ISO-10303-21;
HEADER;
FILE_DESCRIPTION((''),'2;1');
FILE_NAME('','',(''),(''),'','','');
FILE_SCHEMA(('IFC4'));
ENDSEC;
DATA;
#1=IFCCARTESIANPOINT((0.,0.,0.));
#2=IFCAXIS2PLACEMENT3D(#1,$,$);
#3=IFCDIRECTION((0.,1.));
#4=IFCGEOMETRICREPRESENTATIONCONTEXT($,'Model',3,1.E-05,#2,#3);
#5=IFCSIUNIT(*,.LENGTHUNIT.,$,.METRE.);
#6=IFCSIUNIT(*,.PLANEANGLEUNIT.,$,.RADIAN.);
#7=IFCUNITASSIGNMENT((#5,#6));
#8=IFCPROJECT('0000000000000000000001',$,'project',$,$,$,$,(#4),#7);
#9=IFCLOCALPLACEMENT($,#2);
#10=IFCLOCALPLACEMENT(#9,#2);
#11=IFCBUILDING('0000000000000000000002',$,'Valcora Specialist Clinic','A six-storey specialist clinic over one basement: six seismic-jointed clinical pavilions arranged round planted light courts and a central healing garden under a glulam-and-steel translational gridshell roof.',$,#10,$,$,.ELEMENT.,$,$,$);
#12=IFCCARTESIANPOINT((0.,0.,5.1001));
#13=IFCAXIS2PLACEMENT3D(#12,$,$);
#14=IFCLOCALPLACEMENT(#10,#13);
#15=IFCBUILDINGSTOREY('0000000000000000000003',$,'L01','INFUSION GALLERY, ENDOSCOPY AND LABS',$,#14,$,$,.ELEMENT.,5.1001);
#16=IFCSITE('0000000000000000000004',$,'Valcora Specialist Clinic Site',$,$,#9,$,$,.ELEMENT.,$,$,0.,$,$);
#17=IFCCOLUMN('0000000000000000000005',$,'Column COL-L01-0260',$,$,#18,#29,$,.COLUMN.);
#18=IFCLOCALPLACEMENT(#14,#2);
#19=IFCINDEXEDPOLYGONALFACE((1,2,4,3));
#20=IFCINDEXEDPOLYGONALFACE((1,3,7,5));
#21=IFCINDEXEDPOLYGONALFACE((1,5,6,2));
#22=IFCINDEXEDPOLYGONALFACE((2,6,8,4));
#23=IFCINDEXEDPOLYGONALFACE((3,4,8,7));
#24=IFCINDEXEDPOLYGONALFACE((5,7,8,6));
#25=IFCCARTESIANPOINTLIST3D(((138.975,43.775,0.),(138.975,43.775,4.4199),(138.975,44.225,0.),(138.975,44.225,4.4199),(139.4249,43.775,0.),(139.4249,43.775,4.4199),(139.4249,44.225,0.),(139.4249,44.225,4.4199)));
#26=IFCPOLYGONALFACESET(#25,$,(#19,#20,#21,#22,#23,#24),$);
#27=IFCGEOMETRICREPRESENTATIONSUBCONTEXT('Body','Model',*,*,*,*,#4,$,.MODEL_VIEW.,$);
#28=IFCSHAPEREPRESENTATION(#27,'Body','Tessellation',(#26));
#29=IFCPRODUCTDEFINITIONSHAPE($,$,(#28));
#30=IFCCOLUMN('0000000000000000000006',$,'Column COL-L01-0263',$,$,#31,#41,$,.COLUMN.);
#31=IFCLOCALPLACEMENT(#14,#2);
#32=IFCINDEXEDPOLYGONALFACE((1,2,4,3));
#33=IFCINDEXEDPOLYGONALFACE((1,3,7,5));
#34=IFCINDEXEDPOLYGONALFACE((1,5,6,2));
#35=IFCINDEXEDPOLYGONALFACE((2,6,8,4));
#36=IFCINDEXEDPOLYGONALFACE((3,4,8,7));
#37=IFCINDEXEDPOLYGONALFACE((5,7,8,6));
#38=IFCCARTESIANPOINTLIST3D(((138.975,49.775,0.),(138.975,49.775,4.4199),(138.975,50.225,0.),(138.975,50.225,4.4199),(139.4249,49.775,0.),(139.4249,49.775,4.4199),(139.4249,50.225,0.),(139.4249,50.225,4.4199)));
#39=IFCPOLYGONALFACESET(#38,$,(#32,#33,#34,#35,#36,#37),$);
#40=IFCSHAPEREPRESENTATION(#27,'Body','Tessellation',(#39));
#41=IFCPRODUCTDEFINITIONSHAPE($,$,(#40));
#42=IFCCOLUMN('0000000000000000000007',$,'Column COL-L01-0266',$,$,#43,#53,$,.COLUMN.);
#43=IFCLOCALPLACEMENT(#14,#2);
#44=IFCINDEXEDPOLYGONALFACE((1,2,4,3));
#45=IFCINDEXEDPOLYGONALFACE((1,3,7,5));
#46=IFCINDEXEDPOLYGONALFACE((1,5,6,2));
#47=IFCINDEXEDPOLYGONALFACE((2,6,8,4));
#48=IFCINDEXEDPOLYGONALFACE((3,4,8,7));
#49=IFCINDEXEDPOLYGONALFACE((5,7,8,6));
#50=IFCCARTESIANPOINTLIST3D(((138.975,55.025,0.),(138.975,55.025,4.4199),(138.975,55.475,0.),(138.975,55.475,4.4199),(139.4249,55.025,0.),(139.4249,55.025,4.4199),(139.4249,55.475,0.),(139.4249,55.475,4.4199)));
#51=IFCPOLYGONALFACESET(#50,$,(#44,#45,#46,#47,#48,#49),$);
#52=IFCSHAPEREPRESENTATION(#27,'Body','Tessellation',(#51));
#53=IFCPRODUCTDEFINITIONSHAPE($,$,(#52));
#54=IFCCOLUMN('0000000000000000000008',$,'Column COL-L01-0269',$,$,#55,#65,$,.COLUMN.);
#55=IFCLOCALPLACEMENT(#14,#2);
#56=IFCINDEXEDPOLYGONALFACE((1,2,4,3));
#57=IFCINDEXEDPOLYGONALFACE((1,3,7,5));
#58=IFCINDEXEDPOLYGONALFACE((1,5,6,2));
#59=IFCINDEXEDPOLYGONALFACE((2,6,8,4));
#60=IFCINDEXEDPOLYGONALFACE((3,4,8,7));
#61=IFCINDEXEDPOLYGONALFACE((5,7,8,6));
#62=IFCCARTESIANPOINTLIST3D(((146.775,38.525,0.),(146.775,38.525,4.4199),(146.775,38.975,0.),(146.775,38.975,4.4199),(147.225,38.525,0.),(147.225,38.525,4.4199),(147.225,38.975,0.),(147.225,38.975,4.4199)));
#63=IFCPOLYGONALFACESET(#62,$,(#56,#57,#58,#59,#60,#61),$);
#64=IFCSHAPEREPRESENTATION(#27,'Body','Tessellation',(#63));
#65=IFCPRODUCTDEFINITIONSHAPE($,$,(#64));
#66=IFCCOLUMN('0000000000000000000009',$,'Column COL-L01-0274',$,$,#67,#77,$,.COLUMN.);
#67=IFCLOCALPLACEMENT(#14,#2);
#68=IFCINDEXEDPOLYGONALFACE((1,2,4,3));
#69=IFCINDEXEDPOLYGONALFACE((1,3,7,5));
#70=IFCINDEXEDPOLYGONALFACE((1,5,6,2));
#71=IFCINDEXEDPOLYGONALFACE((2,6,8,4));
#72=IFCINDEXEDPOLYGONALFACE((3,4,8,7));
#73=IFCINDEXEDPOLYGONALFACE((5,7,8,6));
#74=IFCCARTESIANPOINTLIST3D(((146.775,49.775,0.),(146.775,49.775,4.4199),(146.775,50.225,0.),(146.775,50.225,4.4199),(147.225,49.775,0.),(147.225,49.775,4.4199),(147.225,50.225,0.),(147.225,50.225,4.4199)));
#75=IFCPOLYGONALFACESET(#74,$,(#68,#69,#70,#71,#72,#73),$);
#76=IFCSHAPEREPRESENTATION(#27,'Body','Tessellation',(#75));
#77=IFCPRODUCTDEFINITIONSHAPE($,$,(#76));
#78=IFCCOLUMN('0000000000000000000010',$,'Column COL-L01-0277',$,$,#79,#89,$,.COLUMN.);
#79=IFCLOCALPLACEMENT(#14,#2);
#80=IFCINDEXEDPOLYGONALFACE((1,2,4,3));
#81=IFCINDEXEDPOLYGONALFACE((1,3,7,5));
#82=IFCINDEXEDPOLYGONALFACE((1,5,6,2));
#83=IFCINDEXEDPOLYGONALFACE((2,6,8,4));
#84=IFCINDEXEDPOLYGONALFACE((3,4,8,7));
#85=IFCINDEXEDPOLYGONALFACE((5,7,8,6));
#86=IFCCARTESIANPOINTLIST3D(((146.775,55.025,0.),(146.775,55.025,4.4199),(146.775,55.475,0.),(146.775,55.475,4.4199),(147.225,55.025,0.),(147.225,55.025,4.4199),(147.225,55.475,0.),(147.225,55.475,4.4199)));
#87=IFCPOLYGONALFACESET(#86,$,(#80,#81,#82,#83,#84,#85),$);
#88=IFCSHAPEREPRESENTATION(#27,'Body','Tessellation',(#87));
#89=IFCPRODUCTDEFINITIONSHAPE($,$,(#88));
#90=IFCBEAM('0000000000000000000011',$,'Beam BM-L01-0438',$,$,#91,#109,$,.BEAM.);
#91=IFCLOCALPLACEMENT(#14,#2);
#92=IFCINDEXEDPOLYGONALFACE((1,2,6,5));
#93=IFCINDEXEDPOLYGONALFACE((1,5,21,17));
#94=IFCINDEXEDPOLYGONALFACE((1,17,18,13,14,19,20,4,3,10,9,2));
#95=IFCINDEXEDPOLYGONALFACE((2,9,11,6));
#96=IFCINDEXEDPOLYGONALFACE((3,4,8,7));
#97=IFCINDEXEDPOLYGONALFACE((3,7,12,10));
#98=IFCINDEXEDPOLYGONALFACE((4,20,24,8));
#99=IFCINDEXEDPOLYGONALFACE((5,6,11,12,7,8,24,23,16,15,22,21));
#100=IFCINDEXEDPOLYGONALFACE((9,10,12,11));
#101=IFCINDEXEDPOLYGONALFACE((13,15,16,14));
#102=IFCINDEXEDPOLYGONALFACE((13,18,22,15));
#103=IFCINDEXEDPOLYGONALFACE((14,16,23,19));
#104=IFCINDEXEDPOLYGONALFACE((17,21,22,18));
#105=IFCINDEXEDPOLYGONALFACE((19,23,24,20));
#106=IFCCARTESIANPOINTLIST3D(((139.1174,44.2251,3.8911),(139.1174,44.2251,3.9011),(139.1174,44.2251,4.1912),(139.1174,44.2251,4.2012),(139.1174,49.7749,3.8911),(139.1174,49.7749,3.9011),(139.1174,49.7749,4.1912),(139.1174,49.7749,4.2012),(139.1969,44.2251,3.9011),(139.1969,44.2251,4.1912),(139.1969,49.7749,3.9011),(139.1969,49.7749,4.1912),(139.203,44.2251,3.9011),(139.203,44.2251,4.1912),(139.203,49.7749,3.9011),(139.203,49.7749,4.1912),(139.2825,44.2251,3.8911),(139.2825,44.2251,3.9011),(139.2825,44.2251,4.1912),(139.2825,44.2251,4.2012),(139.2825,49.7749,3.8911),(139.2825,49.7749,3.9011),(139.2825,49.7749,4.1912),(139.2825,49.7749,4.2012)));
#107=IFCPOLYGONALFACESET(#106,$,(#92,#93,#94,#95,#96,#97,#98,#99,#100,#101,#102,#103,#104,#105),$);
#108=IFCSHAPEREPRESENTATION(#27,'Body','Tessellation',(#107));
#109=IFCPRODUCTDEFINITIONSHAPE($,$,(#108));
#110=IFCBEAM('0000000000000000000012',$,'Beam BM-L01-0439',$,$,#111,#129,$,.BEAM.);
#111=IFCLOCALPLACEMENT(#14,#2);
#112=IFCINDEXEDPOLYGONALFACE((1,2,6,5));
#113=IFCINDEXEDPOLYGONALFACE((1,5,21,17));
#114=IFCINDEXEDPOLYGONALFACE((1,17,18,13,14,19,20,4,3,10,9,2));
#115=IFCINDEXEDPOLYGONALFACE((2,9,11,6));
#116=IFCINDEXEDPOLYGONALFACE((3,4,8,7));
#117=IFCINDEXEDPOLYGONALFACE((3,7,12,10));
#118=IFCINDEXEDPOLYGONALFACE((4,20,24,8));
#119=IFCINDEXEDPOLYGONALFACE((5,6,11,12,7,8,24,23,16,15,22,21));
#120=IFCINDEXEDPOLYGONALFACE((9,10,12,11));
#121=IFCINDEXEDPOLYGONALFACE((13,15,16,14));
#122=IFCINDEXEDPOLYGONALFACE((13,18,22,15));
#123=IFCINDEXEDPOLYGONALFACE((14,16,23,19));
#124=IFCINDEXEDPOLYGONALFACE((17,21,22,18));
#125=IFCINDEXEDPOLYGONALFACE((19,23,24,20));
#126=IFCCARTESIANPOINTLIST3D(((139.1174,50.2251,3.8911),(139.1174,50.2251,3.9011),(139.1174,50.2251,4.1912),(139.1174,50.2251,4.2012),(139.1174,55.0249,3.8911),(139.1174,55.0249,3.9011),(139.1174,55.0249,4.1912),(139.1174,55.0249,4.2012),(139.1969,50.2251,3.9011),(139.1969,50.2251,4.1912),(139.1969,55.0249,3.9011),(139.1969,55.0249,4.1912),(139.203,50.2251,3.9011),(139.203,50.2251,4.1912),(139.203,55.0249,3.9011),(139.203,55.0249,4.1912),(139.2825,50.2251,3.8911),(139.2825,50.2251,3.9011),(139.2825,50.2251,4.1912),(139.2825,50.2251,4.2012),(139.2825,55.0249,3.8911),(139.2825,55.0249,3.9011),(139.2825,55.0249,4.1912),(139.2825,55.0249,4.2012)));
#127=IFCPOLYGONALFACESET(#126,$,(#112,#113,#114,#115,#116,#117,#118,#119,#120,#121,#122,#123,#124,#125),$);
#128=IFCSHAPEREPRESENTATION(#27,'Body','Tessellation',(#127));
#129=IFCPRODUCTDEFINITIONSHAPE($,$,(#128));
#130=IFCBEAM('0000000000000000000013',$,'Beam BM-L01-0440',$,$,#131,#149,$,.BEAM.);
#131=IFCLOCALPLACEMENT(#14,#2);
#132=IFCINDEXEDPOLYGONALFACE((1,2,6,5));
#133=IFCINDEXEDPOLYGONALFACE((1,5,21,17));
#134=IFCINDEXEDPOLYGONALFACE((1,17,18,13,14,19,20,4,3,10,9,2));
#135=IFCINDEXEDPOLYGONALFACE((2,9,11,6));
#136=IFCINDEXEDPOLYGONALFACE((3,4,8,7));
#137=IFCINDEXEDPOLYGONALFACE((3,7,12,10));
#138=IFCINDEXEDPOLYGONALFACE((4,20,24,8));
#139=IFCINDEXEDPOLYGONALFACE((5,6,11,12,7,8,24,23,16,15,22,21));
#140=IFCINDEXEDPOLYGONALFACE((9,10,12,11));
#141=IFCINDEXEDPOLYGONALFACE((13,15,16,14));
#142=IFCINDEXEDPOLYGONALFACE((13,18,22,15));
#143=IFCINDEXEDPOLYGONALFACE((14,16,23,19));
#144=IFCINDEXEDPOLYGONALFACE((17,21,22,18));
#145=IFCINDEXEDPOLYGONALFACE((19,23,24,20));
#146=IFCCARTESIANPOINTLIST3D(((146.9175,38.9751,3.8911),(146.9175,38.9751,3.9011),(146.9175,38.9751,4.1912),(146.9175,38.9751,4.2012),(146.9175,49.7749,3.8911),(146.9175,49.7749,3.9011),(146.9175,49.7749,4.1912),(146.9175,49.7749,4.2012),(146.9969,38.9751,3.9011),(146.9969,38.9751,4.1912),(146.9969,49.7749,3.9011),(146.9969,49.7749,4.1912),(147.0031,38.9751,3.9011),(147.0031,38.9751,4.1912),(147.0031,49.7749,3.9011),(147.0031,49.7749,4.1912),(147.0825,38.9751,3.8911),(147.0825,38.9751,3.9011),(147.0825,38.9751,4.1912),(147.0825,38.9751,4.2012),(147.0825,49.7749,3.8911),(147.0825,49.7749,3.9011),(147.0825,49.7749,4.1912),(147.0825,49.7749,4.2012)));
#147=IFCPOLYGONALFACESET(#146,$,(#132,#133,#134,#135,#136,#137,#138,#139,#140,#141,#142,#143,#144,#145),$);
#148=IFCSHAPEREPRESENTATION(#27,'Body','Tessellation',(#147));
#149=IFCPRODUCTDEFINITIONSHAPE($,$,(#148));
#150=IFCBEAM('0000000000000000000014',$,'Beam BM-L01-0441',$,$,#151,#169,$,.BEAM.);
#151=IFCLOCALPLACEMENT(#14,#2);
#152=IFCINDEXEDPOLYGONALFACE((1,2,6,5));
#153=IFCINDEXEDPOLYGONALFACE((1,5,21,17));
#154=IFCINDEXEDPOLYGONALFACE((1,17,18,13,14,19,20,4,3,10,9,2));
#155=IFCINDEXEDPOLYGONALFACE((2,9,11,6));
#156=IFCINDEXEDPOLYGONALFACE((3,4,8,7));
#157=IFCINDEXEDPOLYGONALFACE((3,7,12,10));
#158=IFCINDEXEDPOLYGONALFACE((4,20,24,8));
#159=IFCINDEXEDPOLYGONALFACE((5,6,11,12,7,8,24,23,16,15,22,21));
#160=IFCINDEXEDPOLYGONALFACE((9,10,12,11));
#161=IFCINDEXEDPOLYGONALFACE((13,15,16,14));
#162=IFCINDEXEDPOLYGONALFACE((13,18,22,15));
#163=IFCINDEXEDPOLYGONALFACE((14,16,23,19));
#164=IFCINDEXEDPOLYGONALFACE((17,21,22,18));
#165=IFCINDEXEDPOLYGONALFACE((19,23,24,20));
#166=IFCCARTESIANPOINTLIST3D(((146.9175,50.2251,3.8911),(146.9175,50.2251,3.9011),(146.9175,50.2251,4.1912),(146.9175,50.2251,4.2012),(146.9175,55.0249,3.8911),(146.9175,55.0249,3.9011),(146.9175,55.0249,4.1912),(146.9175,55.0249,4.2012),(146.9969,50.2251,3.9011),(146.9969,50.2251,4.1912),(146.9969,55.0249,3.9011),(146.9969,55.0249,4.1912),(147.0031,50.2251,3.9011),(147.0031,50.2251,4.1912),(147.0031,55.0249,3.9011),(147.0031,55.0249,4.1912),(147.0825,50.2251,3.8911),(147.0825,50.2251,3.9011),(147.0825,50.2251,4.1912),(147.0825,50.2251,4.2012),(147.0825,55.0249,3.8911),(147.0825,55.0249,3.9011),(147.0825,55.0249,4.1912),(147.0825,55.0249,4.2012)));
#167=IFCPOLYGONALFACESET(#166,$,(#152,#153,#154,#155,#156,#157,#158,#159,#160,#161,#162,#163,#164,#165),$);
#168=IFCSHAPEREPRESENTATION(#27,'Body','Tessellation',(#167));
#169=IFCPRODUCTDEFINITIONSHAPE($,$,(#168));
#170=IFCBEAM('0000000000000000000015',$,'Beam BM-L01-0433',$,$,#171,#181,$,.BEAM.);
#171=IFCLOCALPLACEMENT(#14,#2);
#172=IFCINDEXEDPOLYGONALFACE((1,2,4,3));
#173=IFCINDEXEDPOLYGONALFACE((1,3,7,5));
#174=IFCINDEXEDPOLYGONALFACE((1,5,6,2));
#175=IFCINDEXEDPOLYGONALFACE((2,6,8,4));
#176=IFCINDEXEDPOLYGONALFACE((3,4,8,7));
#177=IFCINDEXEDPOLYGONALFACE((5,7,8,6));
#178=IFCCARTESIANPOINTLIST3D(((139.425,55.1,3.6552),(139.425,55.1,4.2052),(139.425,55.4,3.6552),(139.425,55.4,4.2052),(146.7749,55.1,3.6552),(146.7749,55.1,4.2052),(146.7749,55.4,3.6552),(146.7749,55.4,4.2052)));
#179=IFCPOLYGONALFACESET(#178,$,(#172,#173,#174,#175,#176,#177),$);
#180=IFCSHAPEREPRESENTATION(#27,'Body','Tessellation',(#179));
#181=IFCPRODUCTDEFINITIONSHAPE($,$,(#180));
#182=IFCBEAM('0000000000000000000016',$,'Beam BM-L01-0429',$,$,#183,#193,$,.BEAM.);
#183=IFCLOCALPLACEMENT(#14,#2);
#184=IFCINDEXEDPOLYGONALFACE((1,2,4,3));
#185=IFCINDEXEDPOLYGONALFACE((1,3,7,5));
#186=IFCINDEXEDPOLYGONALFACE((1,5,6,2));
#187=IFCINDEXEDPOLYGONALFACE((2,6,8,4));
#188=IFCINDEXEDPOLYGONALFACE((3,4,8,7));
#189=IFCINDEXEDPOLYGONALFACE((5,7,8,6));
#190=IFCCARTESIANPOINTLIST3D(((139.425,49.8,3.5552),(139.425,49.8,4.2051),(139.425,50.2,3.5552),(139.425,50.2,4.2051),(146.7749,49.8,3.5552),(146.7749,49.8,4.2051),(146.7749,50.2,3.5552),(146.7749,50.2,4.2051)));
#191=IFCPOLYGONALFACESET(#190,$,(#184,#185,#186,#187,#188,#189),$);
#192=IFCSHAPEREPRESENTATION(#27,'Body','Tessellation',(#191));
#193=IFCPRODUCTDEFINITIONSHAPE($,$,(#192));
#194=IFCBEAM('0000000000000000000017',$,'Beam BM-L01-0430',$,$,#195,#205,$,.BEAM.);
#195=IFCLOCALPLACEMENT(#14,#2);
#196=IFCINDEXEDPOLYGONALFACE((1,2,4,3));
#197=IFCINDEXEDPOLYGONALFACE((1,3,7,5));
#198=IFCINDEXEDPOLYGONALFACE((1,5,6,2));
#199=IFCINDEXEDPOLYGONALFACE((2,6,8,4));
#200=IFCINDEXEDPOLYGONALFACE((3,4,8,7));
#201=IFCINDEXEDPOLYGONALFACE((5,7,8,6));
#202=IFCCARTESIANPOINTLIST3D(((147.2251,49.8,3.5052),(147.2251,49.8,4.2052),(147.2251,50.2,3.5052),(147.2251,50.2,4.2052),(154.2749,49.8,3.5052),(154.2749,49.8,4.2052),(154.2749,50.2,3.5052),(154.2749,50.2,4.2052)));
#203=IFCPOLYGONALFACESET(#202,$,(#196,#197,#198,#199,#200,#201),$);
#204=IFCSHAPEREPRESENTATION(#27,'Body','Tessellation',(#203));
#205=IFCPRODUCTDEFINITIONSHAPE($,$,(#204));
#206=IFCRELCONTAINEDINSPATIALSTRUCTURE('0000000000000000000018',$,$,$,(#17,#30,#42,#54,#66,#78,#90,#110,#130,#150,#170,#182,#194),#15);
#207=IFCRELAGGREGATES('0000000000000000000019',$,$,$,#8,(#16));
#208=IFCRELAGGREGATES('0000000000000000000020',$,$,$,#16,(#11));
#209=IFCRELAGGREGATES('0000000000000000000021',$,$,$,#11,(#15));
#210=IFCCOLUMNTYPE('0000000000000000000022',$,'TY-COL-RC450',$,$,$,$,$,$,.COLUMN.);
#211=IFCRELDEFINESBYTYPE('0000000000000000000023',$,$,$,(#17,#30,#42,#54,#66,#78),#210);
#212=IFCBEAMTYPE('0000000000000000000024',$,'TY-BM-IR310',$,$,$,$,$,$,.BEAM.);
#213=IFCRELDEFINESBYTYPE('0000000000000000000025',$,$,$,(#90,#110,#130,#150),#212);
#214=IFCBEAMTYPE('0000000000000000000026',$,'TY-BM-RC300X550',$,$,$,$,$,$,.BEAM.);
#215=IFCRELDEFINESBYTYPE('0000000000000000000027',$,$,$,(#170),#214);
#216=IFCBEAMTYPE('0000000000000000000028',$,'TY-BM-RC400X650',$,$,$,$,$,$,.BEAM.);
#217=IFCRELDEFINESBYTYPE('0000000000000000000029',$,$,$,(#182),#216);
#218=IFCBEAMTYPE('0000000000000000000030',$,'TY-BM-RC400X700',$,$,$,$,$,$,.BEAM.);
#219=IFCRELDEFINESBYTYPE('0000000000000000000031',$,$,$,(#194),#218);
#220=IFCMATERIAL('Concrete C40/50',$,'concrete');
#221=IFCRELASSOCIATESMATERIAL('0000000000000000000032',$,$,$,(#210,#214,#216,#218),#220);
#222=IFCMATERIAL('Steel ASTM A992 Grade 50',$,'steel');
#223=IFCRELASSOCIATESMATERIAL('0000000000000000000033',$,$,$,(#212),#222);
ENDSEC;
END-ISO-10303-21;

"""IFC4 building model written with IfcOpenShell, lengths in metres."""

from ifc_helpers import new_model, si_unit, direction, frame, origin, origin_2d, place, context, subcontext, project, spatial, rectangle, i_section, extrude, material, material_profile, profile_set, type_object, element, save


model = new_model("IFC4")

# Units and contexts
model_context = context("Model", 3, precision=1e-05, world=origin(), true_north=direction((0.0, 1.0)))
body_context = subcontext(model_context, "Body", "Model", "MODEL_VIEW")
ifc_project = project(units=[si_unit("LENGTHUNIT", "METRE"), si_unit("PLANEANGLEUNIT", "RADIAN")], contexts=[model_context])

# Site, building, storey
site_placement = place(None, origin())
site = spatial("IfcSite", under=ifc_project, at=site_placement, Name="Valcora Specialist Clinic Site", CompositionType="ELEMENT", RefElevation=0.0)
building_placement = place(site_placement, origin())
building = spatial("IfcBuilding", under=site, at=building_placement, Name="Valcora Specialist Clinic", Description="A six-storey specialist clinic over one basement: six seismic-jointed clinical pavilions arranged round planted light courts and a central healing garden under a glulam-and-steel translational gridshell roof.", CompositionType="ELEMENT")
storey_placement = place(building_placement, frame((0.0, 0.0, 5.1001)))
storey = spatial("IfcBuildingStorey", under=building, at=storey_placement, Name="L01", Description="INFUSION GALLERY, ENDOSCOPY AND LABS", CompositionType="ELEMENT", Elevation=5.1001)

# Columns
ifc_material_1 = material(Name="Concrete C40/50", Category="concrete")
ifc_material_profile_1 = material_profile(ifc_material_1, rectangle(XDim=0.45, YDim=0.45, at=origin_2d()), Name="RC-COL-450X450")
ifc_profile_set_1 = profile_set([ifc_material_profile_1], Name="Concrete C40/50")
column_type = type_object("IfcColumnType", Name="TY-COL-RC450", PredefinedType="COLUMN", material=ifc_profile_set_1)
for number, where, z_axis, x_axis, name in (
    (1, (139.2, 44.0, 0.0), (0.0, 0.0, 1.0), (1.0, 0.0, 0.0), "Column COL-L01-0260"),
    (2, (139.2, 50.0, 0.0), (0.0, 0.0, 1.0), (1.0, 0.0, 0.0), "Column COL-L01-0263"),
    (3, (139.2, 55.25, 0.0), (0.0, 0.0, 1.0), (1.0, 0.0, 0.0), "Column COL-L01-0266"),
    (4, (147.0, 38.75, 0.0), (0.0, 0.0, 1.0), (1.0, 0.0, 0.0), "Column COL-L01-0269"),
    (5, (147.0, 50.0, 0.0), (0.0, 0.0, 1.0), (1.0, 0.0, 0.0), "Column COL-L01-0274"),
    (6, (147.0, 55.25, 0.0), (0.0, 0.0, 1.0), (1.0, 0.0, 0.0), "Column COL-L01-0277"),
):
    element("IfcColumn", number, at=place(storey_placement, frame(where, z_axis=z_axis, x_axis=x_axis)), inside=storey, type_object=column_type, Name=name, PredefinedType="COLUMN", context=body_context, shape_type="SweptSolid", body=[
        extrude(rectangle(XDim=0.45, YDim=0.45, at=origin_2d()), origin(), (0.0, 0.0, 1.0), 4.4199),
    ])

# Beams
ifc_material_2 = material(Name="Steel ASTM A992 Grade 50", Category="steel")
ifc_material_profile_2 = material_profile(ifc_material_2, i_section(OverallWidth=0.165, OverallDepth=0.3101, WebThickness=0.0061, FlangeThickness=0.01, at=origin_2d()), Name="ST-IR-310X165")
ifc_profile_set_2 = profile_set([ifc_material_profile_2], Name="Steel ASTM A992 Grade 50")
beam_type_1 = type_object("IfcBeamType", Name="TY-BM-IR310", PredefinedType="BEAM", material=ifc_profile_set_2)
beam_1_placement = place(storey_placement, frame((139.2, 44.2251, 4.0461), z_axis=(0.0, 1.0, 0.0), x_axis=(-1.0, 0.0, 0.0)))
element("IfcBeam", 7, at=beam_1_placement, inside=storey, type_object=beam_type_1, Name="Beam BM-L01-0438", PredefinedType="BEAM", context=body_context, shape_type="SweptSolid", body=[
    extrude(i_section(OverallWidth=0.165, OverallDepth=0.3101, WebThickness=0.0061, FlangeThickness=0.01, at=origin_2d()), origin(), (0.0, 0.0, 1.0), 5.5498),
])
beam_2_placement = place(storey_placement, frame((139.2, 50.2251, 4.0461), z_axis=(0.0, 1.0, 0.0), x_axis=(-1.0, 0.0, 0.0)))
element("IfcBeam", 8, at=beam_2_placement, inside=storey, type_object=beam_type_1, Name="Beam BM-L01-0439", PredefinedType="BEAM", context=body_context, shape_type="SweptSolid", body=[
    extrude(i_section(OverallWidth=0.165, OverallDepth=0.3101, WebThickness=0.0061, FlangeThickness=0.01, at=origin_2d()), origin(), (0.0, 0.0, 1.0), 4.7998),
])
beam_3_placement = place(storey_placement, frame((147.0, 38.9751, 4.0461), z_axis=(0.0, 1.0, 0.0), x_axis=(-1.0, 0.0, 0.0)))
element("IfcBeam", 9, at=beam_3_placement, inside=storey, type_object=beam_type_1, Name="Beam BM-L01-0440", PredefinedType="BEAM", context=body_context, shape_type="SweptSolid", body=[
    extrude(i_section(OverallWidth=0.165, OverallDepth=0.3101, WebThickness=0.0061, FlangeThickness=0.01, at=origin_2d()), origin(), (0.0, 0.0, 1.0), 10.7998),
])
beam_4_placement = place(storey_placement, frame((147.0, 50.2251, 4.0461), z_axis=(0.0, 1.0, 0.0), x_axis=(-1.0, 0.0, 0.0)))
element("IfcBeam", 10, at=beam_4_placement, inside=storey, type_object=beam_type_1, Name="Beam BM-L01-0441", PredefinedType="BEAM", context=body_context, shape_type="SweptSolid", body=[
    extrude(i_section(OverallWidth=0.165, OverallDepth=0.3101, WebThickness=0.0061, FlangeThickness=0.01, at=origin_2d()), origin(), (0.0, 0.0, 1.0), 4.7998),
])
ifc_material_profile_3 = material_profile(ifc_material_1, rectangle(XDim=0.3, YDim=0.55, at=origin_2d()), Name="RC-BM-300X550")
ifc_profile_set_3 = profile_set([ifc_material_profile_3], Name="Concrete C40/50")
beam_type_2 = type_object("IfcBeamType", Name="TY-BM-RC300X550", PredefinedType="BEAM", material=ifc_profile_set_3)
beam_5_placement = place(storey_placement, frame((139.425, 55.25, 3.9302), z_axis=(1.0, 0.0, 0.0), x_axis=(0.0, 1.0, 0.0)))
element("IfcBeam", 11, at=beam_5_placement, inside=storey, type_object=beam_type_2, Name="Beam BM-L01-0433", PredefinedType="BEAM", context=body_context, shape_type="SweptSolid", body=[
    extrude(rectangle(XDim=0.3, YDim=0.55, at=origin_2d()), origin(), (0.0, 0.0, 1.0), 7.3499),
])
ifc_material_profile_4 = material_profile(ifc_material_1, rectangle(XDim=0.3999, YDim=0.6499, at=origin_2d()), Name="RC-BM-400X650")
ifc_profile_set_4 = profile_set([ifc_material_profile_4], Name="Concrete C40/50")
beam_type_3 = type_object("IfcBeamType", Name="TY-BM-RC400X650", PredefinedType="BEAM", material=ifc_profile_set_4)
beam_6_placement = place(storey_placement, frame((139.425, 50.0, 3.8801), z_axis=(1.0, 0.0, 0.0), x_axis=(0.0, 1.0, 0.0)))
element("IfcBeam", 12, at=beam_6_placement, inside=storey, type_object=beam_type_3, Name="Beam BM-L01-0429", PredefinedType="BEAM", context=body_context, shape_type="SweptSolid", body=[
    extrude(rectangle(XDim=0.3999, YDim=0.6499, at=origin_2d()), origin(), (0.0, 0.0, 1.0), 7.3499),
])
ifc_material_profile_5 = material_profile(ifc_material_1, rectangle(XDim=0.3999, YDim=0.7, at=origin_2d()), Name="RC-BM-400X700")
ifc_profile_set_5 = profile_set([ifc_material_profile_5], Name="Concrete C40/50")
beam_type_4 = type_object("IfcBeamType", Name="TY-BM-RC400X700", PredefinedType="BEAM", material=ifc_profile_set_5)
beam_7_placement = place(storey_placement, frame((147.2251, 50.0, 3.8552), z_axis=(1.0, 0.0, 0.0), x_axis=(0.0, 1.0, 0.0)))
element("IfcBeam", 13, at=beam_7_placement, inside=storey, type_object=beam_type_4, Name="Beam BM-L01-0430", PredefinedType="BEAM", context=body_context, shape_type="SweptSolid", body=[
    extrude(rectangle(XDim=0.3999, YDim=0.7, at=origin_2d()), origin(), (0.0, 0.0, 1.0), 7.0498),
])

save(model, "model.ifc")
